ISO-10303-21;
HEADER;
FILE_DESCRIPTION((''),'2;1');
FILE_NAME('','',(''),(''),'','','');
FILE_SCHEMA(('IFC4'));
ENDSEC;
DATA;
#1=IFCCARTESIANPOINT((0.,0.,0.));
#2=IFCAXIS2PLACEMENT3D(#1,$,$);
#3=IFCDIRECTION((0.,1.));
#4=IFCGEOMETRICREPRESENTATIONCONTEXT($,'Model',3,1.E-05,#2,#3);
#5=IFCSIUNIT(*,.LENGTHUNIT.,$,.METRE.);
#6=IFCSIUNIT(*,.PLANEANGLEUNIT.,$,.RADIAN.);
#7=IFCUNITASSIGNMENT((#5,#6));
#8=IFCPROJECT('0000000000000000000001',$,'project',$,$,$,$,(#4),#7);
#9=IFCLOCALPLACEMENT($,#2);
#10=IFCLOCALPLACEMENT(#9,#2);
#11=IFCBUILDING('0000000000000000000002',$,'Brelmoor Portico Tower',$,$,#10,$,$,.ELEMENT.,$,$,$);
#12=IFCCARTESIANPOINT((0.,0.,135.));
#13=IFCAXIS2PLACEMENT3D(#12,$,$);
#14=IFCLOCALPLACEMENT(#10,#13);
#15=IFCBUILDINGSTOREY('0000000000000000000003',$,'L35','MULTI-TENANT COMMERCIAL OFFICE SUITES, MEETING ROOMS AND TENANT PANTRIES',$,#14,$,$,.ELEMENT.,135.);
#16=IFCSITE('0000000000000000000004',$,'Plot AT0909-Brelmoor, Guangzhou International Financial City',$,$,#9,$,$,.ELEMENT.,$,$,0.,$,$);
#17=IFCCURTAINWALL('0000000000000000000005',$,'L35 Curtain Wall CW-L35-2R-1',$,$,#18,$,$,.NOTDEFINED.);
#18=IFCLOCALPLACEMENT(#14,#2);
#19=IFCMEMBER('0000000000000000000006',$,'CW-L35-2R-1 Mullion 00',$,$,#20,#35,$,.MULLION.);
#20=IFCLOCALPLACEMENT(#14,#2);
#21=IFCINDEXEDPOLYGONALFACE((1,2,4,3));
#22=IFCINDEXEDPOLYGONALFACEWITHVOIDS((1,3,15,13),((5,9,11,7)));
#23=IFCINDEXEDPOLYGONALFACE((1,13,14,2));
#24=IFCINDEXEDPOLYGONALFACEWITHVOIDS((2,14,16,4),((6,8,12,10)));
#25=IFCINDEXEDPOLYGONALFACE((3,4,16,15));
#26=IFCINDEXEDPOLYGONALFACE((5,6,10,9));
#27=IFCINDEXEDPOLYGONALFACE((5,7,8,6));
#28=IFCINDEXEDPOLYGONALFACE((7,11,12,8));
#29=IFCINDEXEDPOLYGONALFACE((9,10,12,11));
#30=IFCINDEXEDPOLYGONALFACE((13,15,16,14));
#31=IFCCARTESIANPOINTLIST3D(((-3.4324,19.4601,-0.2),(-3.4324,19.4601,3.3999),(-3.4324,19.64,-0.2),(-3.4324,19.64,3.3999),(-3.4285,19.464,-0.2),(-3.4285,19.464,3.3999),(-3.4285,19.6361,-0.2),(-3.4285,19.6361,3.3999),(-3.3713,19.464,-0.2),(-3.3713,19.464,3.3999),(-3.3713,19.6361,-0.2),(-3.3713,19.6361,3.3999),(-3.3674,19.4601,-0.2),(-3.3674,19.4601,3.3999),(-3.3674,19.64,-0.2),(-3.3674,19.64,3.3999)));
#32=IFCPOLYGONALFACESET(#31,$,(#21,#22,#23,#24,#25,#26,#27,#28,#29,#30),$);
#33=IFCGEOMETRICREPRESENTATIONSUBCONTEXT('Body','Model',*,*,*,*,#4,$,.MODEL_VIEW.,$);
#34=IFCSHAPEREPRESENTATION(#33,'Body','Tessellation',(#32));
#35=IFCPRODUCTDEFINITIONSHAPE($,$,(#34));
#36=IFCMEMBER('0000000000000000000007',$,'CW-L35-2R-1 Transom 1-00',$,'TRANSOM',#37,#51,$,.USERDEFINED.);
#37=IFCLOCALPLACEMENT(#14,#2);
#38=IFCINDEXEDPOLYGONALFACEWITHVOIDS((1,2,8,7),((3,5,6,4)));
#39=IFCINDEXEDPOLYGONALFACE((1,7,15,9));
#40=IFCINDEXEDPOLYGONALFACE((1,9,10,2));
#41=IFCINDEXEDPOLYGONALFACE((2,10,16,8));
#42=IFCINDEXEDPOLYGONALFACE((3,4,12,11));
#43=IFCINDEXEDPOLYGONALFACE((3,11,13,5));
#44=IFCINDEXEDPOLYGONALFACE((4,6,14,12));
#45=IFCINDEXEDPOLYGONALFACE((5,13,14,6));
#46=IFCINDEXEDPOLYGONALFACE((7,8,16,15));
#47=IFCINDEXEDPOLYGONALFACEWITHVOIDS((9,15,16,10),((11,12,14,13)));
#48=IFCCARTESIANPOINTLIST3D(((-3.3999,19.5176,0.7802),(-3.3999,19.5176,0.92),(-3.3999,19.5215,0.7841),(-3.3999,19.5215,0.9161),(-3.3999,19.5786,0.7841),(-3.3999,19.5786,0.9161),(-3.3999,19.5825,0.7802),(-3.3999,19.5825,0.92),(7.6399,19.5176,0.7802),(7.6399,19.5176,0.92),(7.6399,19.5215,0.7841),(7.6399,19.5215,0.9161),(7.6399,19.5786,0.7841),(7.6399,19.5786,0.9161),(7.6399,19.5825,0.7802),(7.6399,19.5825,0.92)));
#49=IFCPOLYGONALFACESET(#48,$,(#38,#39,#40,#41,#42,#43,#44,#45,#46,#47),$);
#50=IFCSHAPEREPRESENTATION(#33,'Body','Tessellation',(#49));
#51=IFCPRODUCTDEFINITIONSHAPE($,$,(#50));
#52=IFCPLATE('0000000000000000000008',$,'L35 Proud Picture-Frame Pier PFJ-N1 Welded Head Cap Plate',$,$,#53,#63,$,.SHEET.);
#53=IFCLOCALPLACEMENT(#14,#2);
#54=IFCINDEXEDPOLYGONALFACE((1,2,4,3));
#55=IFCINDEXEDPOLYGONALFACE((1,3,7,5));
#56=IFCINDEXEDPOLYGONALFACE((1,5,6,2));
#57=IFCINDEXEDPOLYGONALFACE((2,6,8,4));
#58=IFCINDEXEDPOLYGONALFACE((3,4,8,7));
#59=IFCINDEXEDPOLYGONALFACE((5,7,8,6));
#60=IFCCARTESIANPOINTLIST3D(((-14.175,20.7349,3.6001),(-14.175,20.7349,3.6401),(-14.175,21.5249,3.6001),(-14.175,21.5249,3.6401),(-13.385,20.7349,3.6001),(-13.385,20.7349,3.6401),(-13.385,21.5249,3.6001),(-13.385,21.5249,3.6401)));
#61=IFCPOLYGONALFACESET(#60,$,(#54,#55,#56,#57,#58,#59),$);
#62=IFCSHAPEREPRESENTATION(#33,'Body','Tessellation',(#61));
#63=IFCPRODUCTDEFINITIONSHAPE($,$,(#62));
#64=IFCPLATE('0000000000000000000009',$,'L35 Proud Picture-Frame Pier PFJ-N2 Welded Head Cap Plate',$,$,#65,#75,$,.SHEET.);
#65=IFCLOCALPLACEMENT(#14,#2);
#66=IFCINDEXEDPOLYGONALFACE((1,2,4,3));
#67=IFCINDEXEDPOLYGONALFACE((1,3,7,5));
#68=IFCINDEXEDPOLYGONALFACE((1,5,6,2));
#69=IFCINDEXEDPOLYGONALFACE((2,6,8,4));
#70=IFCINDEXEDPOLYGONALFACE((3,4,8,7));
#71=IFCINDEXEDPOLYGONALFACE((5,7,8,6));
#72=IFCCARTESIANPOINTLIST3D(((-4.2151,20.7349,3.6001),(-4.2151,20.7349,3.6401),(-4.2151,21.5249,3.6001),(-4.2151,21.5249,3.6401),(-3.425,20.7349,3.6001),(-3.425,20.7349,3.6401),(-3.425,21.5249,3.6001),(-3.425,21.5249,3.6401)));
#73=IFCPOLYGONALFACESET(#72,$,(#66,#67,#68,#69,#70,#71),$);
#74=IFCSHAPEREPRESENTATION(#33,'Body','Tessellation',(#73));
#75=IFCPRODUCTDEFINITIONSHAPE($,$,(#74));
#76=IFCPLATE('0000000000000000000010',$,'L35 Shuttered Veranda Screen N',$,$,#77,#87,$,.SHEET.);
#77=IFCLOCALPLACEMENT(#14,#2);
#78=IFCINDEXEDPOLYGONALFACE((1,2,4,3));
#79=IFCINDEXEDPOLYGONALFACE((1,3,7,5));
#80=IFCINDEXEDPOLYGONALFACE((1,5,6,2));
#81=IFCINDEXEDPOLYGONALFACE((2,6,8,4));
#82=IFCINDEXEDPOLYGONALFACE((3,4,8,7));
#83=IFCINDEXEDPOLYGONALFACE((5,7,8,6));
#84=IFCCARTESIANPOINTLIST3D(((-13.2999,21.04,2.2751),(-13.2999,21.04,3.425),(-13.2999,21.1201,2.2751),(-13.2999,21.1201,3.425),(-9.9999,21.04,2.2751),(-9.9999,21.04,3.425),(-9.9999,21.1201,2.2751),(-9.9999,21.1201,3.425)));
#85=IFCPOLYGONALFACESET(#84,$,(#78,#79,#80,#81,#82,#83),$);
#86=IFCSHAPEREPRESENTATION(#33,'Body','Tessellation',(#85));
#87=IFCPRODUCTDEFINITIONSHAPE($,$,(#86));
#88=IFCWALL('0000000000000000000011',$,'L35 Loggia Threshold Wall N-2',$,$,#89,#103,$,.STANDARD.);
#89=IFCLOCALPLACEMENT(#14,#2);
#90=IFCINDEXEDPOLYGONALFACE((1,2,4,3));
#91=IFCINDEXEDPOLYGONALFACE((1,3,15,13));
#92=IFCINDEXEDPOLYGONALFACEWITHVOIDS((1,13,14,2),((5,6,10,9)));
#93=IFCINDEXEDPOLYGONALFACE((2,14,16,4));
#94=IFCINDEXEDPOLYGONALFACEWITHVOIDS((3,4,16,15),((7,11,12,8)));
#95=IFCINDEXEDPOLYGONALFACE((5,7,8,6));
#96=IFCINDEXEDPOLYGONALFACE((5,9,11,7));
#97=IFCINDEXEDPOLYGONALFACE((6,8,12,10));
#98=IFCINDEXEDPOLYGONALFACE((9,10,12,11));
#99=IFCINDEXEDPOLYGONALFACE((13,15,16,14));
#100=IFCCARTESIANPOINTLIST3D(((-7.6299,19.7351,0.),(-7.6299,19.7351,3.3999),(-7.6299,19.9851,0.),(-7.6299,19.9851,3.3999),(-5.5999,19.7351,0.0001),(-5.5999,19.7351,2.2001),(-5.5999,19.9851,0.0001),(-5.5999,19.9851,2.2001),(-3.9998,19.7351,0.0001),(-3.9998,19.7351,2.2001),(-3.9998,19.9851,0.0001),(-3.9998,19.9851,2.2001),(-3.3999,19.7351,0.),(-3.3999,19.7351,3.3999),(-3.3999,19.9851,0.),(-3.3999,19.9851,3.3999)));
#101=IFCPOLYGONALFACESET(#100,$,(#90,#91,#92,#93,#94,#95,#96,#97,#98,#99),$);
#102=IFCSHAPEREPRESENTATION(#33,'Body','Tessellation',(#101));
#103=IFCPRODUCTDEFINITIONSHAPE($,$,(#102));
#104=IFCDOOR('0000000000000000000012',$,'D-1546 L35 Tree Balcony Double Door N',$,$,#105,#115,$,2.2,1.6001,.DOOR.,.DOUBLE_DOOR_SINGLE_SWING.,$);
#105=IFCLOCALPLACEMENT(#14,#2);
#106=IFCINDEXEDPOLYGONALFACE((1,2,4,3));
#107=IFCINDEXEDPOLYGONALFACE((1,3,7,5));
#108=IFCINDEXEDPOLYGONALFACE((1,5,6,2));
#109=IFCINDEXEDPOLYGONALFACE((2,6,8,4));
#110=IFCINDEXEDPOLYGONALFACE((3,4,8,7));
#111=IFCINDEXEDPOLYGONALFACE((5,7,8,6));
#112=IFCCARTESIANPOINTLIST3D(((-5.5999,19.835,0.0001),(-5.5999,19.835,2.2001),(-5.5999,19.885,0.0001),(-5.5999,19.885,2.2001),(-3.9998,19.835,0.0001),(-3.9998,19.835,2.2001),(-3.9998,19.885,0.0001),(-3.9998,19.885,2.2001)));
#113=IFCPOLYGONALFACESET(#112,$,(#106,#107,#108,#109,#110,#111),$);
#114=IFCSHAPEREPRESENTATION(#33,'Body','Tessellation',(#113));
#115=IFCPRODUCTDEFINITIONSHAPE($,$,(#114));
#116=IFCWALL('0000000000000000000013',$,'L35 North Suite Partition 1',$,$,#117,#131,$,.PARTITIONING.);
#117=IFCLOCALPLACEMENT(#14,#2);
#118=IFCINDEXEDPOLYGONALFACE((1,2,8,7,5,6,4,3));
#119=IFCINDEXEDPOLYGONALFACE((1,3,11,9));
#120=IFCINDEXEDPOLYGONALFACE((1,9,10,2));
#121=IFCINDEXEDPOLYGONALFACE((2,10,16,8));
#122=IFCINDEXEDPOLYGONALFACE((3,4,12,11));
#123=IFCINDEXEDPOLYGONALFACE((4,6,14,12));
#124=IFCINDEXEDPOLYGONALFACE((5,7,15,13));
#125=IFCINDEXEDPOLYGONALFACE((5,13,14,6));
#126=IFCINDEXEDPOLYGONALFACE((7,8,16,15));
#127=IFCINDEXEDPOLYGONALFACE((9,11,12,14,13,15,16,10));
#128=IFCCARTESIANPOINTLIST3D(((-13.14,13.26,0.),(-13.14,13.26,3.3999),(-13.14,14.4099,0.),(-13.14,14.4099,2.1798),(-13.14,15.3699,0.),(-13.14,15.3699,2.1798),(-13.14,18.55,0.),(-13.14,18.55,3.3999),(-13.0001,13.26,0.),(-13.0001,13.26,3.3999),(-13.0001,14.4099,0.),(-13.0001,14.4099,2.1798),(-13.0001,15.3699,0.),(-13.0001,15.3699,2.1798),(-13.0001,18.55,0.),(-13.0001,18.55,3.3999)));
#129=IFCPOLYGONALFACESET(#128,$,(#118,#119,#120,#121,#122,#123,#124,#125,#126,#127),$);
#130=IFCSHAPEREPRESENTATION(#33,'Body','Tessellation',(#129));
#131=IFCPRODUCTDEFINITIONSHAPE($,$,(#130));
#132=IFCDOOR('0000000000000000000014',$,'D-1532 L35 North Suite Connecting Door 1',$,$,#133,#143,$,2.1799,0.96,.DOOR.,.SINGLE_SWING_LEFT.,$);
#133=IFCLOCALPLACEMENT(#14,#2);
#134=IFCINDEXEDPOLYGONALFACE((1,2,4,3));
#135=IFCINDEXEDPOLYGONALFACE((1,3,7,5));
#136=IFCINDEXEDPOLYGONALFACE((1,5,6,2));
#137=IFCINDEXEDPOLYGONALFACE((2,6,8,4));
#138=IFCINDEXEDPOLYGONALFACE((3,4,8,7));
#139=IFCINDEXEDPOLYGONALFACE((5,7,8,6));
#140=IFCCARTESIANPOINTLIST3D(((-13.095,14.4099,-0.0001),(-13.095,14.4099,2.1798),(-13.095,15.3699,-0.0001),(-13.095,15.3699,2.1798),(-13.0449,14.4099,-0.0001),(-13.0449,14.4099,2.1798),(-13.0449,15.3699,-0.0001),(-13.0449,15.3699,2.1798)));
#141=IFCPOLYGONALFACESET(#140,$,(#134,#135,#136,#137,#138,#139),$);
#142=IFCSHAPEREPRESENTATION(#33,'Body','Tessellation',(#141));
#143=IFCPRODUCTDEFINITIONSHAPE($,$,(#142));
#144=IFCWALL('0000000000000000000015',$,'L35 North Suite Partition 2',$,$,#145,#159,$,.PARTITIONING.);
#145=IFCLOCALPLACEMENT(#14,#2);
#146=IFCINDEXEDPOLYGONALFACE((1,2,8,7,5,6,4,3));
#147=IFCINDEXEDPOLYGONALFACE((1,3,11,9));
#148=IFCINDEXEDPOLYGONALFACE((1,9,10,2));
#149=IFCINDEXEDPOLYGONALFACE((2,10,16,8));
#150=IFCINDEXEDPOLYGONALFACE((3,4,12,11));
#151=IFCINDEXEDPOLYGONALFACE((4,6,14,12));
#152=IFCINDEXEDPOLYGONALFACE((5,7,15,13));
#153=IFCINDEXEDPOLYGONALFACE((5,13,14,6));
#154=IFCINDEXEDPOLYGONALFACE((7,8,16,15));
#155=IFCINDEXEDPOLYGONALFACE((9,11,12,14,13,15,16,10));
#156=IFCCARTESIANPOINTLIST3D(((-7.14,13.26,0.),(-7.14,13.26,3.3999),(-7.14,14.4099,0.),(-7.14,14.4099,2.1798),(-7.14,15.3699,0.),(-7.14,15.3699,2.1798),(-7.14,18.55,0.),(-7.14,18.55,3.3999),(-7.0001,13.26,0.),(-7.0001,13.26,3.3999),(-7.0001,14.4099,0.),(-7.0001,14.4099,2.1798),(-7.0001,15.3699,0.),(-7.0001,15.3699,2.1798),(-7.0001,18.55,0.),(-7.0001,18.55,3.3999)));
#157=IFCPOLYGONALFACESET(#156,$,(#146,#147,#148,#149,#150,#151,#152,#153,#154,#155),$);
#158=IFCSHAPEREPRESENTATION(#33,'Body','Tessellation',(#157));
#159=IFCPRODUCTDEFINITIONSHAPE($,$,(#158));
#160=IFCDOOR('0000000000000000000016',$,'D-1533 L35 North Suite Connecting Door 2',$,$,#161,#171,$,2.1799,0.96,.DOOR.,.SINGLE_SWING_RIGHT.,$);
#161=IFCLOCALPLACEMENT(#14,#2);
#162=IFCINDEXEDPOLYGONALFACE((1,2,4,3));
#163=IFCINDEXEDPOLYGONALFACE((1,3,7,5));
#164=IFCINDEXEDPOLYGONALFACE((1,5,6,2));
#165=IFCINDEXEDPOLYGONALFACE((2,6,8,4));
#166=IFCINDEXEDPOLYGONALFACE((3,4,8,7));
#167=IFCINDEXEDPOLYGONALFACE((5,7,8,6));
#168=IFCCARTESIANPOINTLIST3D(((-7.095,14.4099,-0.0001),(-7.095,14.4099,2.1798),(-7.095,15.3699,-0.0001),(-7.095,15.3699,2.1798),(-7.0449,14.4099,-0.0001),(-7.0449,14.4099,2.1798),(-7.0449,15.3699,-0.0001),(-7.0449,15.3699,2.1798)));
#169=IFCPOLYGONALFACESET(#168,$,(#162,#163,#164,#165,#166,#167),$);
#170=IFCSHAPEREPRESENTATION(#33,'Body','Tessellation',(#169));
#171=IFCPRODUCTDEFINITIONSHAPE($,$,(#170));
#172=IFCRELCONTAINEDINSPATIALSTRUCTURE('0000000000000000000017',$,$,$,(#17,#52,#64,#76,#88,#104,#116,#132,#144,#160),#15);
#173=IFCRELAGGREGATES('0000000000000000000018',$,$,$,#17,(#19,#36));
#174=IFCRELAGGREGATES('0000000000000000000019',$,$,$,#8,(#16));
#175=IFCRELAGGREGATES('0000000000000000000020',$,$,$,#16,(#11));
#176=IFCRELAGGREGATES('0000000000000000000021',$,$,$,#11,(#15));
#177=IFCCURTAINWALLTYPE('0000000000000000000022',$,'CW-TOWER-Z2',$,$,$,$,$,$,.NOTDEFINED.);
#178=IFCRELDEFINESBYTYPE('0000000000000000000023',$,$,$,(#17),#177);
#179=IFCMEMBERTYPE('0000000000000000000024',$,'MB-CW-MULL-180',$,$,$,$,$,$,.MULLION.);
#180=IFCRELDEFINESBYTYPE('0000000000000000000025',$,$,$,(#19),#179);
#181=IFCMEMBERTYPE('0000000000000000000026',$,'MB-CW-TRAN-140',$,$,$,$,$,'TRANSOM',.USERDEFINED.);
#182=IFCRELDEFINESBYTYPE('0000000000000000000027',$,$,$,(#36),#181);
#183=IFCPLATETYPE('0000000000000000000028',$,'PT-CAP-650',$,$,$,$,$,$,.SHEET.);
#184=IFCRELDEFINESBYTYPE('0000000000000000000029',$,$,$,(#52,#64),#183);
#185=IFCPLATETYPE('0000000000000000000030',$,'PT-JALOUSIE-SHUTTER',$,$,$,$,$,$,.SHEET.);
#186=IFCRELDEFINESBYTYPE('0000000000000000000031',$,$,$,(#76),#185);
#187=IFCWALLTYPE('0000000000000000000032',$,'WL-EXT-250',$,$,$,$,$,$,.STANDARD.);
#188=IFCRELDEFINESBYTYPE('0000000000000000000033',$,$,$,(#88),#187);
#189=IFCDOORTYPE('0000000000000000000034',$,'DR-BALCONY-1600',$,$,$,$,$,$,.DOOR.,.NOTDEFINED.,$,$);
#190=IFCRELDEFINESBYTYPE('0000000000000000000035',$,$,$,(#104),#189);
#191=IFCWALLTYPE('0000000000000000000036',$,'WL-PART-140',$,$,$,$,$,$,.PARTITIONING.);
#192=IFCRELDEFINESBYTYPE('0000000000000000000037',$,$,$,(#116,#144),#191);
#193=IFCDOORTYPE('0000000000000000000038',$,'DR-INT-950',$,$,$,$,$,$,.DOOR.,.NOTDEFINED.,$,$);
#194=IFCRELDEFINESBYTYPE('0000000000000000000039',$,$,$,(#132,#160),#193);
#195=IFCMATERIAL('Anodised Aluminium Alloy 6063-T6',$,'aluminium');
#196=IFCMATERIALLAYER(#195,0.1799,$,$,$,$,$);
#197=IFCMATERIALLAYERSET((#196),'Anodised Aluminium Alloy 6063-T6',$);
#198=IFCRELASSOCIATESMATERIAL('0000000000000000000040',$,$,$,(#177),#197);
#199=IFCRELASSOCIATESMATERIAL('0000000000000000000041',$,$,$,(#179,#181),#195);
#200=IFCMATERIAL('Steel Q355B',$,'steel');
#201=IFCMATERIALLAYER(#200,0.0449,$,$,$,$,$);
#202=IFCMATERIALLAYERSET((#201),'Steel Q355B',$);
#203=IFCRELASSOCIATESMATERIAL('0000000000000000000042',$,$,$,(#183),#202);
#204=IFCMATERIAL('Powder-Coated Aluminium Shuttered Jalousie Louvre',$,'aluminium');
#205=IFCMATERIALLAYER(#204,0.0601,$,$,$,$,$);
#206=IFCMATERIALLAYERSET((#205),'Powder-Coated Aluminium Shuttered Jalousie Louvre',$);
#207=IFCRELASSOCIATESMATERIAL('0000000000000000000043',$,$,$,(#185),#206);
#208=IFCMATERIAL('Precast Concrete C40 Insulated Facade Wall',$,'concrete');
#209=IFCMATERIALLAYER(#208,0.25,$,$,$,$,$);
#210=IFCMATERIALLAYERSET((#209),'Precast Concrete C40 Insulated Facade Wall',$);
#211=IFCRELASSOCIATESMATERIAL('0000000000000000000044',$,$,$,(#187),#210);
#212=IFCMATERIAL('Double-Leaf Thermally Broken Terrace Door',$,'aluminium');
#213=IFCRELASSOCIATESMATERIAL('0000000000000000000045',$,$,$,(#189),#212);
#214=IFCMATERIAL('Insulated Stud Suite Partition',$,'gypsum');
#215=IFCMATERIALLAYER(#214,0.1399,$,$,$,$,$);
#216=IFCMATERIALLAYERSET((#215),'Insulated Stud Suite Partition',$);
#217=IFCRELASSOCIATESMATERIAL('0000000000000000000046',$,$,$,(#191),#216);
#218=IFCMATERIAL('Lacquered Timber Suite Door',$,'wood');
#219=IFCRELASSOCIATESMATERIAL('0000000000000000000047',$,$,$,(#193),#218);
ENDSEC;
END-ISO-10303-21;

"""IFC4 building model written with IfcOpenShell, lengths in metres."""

from ifc_helpers import new_model, si_unit, direction, frame, frame_2d, origin, origin_2d, place, context, subcontext, project, spatial, rectangle, hollow_rectangle, extrude, material, layer, layer_set, material_profile, profile_set, type_object, element, fill, aggregate, save


model = new_model("IFC4")

# Units and contexts
model_context = context("Model", 3, precision=1e-05, world=origin(), true_north=direction((0.0, 1.0)))
body_context = subcontext(model_context, "Body", "Model", "MODEL_VIEW")
ifc_project = project(units=[si_unit("LENGTHUNIT", "METRE"), si_unit("PLANEANGLEUNIT", "RADIAN")], contexts=[model_context])

# Site, building, storey
site_placement = place(None, origin())
site = spatial("IfcSite", under=ifc_project, at=site_placement, Name="Plot AT0909-Brelmoor, Guangzhou International Financial City", CompositionType="ELEMENT", RefElevation=0.0)
building_placement = place(site_placement, origin())
building = spatial("IfcBuilding", under=site, at=building_placement, Name="Brelmoor Portico Tower", CompositionType="ELEMENT")
storey_placement = place(building_placement, frame((0.0, 0.0, 135.0)))
storey = spatial("IfcBuildingStorey", under=building, at=storey_placement, Name="L35", Description="MULTI-TENANT COMMERCIAL OFFICE SUITES, MEETING ROOMS AND TENANT PANTRIES", CompositionType="ELEMENT", Elevation=135.0)

# Shared definitions
ifc_material_1 = material(Name="Steel Q355B", Category="steel")

# Curtain wall, members
ifc_material_2 = material(Name="Anodised Aluminium Alloy 6063-T6", Category="aluminium")
ifc_layer_1 = layer(ifc_material_2, 0.1799)
ifc_layer_set_1 = layer_set([ifc_layer_1], Name="Anodised Aluminium Alloy 6063-T6")
curtain_wall_type = type_object("IfcCurtainWallType", Name="CW-TOWER-Z2", PredefinedType="NOTDEFINED", material=ifc_layer_set_1)
curtain_wall_placement = place(storey_placement, origin())
curtain_wall = element("IfcCurtainWall", 1, at=curtain_wall_placement, inside=storey, type_object=curtain_wall_type, Name="L35 Curtain Wall CW-L35-2R-1", PredefinedType="NOTDEFINED")
ifc_material_profile_1 = material_profile(ifc_material_2, hollow_rectangle(XDim=0.0649, YDim=0.1799, WallThickness=0.0039, at=origin_2d()), Name="ALU MULLION 65x180")
ifc_profile_set_1 = profile_set([ifc_material_profile_1], Name="Anodised Aluminium Alloy 6063-T6")
member_type_1 = type_object("IfcMemberType", Name="MB-CW-MULL-180", PredefinedType="MULLION", material=ifc_profile_set_1)
member_1_placement = place(storey_placement, frame((-3.3999, 19.55, -0.2), z_axis=(0.0, 0.0, 1.0), x_axis=(1.0, 0.0, 0.0)))
member_1 = element("IfcMember", 2, at=member_1_placement, type_object=member_type_1, Name="CW-L35-2R-1 Mullion 00", PredefinedType="MULLION", context=body_context, shape_type="SweptSolid", body=[
    extrude(hollow_rectangle(XDim=0.0649, YDim=0.1799, WallThickness=0.0039, at=origin_2d()), origin(), (0.0, 0.0, 1.0), 3.5999),
])
ifc_material_profile_2 = material_profile(ifc_material_2, hollow_rectangle(XDim=0.0649, YDim=0.1399, WallThickness=0.0039, at=origin_2d()), Name="ALU TRANSOM 65x140")
ifc_profile_set_2 = profile_set([ifc_material_profile_2], Name="Anodised Aluminium Alloy 6063-T6")
member_type_2 = type_object("IfcMemberType", Name="MB-CW-TRAN-140", ElementType="TRANSOM", PredefinedType="USERDEFINED", material=ifc_profile_set_2)
member_2_placement = place(storey_placement, frame((-3.3999, 19.55, 0.8501), z_axis=(1.0, 0.0, 0.0), x_axis=(0.0, 1.0, 0.0)))
member_2 = element("IfcMember", 3, at=member_2_placement, type_object=member_type_2, Name="CW-L35-2R-1 Transom 1-00", ObjectType="TRANSOM", PredefinedType="USERDEFINED", context=body_context, shape_type="SweptSolid", body=[
    extrude(hollow_rectangle(XDim=0.0649, YDim=0.1399, WallThickness=0.0039, at=origin_2d()), origin(), (0.0, 0.0, 1.0), 11.0398),
])
aggregate(curtain_wall, [member_1, member_2])

# Plates
ifc_layer_2 = layer(ifc_material_1, 0.0449)
ifc_layer_set_2 = layer_set([ifc_layer_2], Name="Steel Q355B")
plate_type_1 = type_object("IfcPlateType", Name="PT-CAP-650", PredefinedType="SHEET", material=ifc_layer_set_2)
for number, where, z_axis, x_axis, name in (
    (4, (-13.78, 21.1299, 3.6001), (0.0, 0.0, 1.0), (1.0, 0.0, 0.0), "L35 Proud Picture-Frame Pier PFJ-N1 Welded Head Cap Plate"),
    (5, (-3.8201, 21.1299, 3.6001), (0.0, 0.0, 1.0), (1.0, 0.0, 0.0), "L35 Proud Picture-Frame Pier PFJ-N2 Welded Head Cap Plate"),
):
    element("IfcPlate", number, at=place(storey_placement, frame(where, z_axis=z_axis, x_axis=x_axis)), inside=storey, type_object=plate_type_1, Name=name, PredefinedType="SHEET", context=body_context, shape_type="SweptSolid", body=[
        extrude(rectangle(XDim=0.79, YDim=0.79, at=origin_2d()), origin(), (0.0, 0.0, 1.0), 0.04),
    ])
ifc_material_3 = material(Name="Powder-Coated Aluminium Shuttered Jalousie Louvre", Category="aluminium")
ifc_layer_3 = layer(ifc_material_3, 0.0601)
ifc_layer_set_3 = layer_set([ifc_layer_3], Name="Powder-Coated Aluminium Shuttered Jalousie Louvre")
plate_type_2 = type_object("IfcPlateType", Name="PT-JALOUSIE-SHUTTER", PredefinedType="SHEET", material=ifc_layer_set_3)
plate_placement = place(storey_placement, frame((-11.6499, 21.0801, 2.2751), z_axis=(0.0, 0.0, 1.0), x_axis=(1.0, 0.0, 0.0)))
element("IfcPlate", 6, at=plate_placement, inside=storey, type_object=plate_type_2, Name="L35 Shuttered Veranda Screen N", PredefinedType="SHEET", context=body_context, shape_type="SweptSolid", body=[
    extrude(rectangle(XDim=3.3, YDim=0.0801, at=origin_2d()), origin(), (0.0, 0.0, 1.0), 1.1499),
])

# Walls, openings, doors
ifc_material_4 = material(Name="Precast Concrete C40 Insulated Facade Wall", Category="concrete")
ifc_layer_4 = layer(ifc_material_4, 0.25)
ifc_layer_set_4 = layer_set([ifc_layer_4], Name="Precast Concrete C40 Insulated Facade Wall")
wall_type_1 = type_object("IfcWallType", Name="WL-EXT-250", PredefinedType="STANDARD", material=ifc_layer_set_4)
wall_1_placement = place(storey_placement, frame((-7.6299, 19.8601, 0.0), z_axis=(0.0, 0.0, 1.0), x_axis=(1.0, 0.0, 0.0)))
wall_1 = element("IfcWall", 7, at=wall_1_placement, inside=storey, type_object=wall_type_1, Name="L35 Loggia Threshold Wall N-2", PredefinedType="STANDARD", context=body_context, shape_type="SweptSolid", body=[
    extrude(rectangle(XDim=4.23, YDim=0.25, at=frame_2d((2.115, 0.0))), origin(), (0.0, 0.0, 1.0), 3.3999),
])
opening_1_placement = place(wall_1_placement, frame((2.03, 0.0, 0.0)))
opening_1 = element("IfcOpeningElement", 8, at=opening_1_placement, cuts=wall_1, PredefinedType="OPENING", context=body_context, shape_type="SweptSolid", body=[
    extrude(rectangle(XDim=1.6001, YDim=2.2, at=frame_2d((0.8, 1.1001))), frame((0.0, 0.135, 0.0), z_axis=(0.0, -1.0, 0.0), x_axis=(1.0, 0.0, 0.0)), (0.0, 0.0, 1.0), 0.27),
])
ifc_material_5 = material(Name="Double-Leaf Thermally Broken Terrace Door", Category="aluminium")
door_type_1 = type_object("IfcDoorType", Name="DR-BALCONY-1600", OperationType="NOTDEFINED", PredefinedType="DOOR", material=ifc_material_5)
door_1_placement = place(opening_1_placement, origin())
door_1 = element("IfcDoor", 9, at=door_1_placement, inside=storey, type_object=door_type_1, Name="D-1546 L35 Tree Balcony Double Door N", OperationType="DOUBLE_DOOR_SINGLE_SWING", OverallHeight=2.2, OverallWidth=1.6001, PredefinedType="DOOR", context=body_context, shape_type="SweptSolid", body=[
    extrude(rectangle(XDim=1.6001, YDim=2.2, at=frame_2d((0.8, 1.1001))), frame((0.0, 0.0249, 0.0), z_axis=(0.0, -1.0, 0.0), x_axis=(1.0, 0.0, 0.0)), (0.0, 0.0, 1.0), 0.05),
])
fill(opening_1, door_1)
ifc_material_6 = material(Name="Insulated Stud Suite Partition", Category="gypsum")
ifc_layer_5 = layer(ifc_material_6, 0.1399)
ifc_layer_set_5 = layer_set([ifc_layer_5], Name="Insulated Stud Suite Partition")
wall_type_2 = type_object("IfcWallType", Name="WL-PART-140", PredefinedType="PARTITIONING", material=ifc_layer_set_5)
wall_2_placement = place(storey_placement, frame((-13.0701, 13.26, 0.0), z_axis=(0.0, 0.0, 1.0), x_axis=(0.0, 1.0, 0.0)))
wall_2 = element("IfcWall", 10, at=wall_2_placement, inside=storey, type_object=wall_type_2, Name="L35 North Suite Partition 1", PredefinedType="PARTITIONING", context=body_context, shape_type="SweptSolid", body=[
    extrude(rectangle(XDim=5.29, YDim=0.1399, at=frame_2d((2.645, 0.0))), origin(), (0.0, 0.0, 1.0), 3.3999),
])
opening_2_placement = place(wall_2_placement, frame((1.1499, 0.0, 0.0)))
opening_2 = element("IfcOpeningElement", 11, at=opening_2_placement, cuts=wall_2, PredefinedType="OPENING", context=body_context, shape_type="SweptSolid", body=[
    extrude(rectangle(XDim=0.96, YDim=2.1799, at=frame_2d((0.48, 1.0898))), frame((0.0, 0.0798, 0.0), z_axis=(0.0, -1.0, 0.0), x_axis=(1.0, 0.0, 0.0)), (0.0, 0.0, 1.0), 0.1599),
])
ifc_material_7 = material(Name="Lacquered Timber Suite Door", Category="wood")
door_type_2 = type_object("IfcDoorType", Name="DR-INT-950", OperationType="NOTDEFINED", PredefinedType="DOOR", material=ifc_material_7)
door_2_placement = place(opening_2_placement, origin())
door_2 = element("IfcDoor", 12, at=door_2_placement, inside=storey, type_object=door_type_2, Name="D-1532 L35 North Suite Connecting Door 1", OperationType="SINGLE_SWING_LEFT", OverallHeight=2.1799, OverallWidth=0.96, PredefinedType="DOOR", context=body_context, shape_type="SweptSolid", body=[
    extrude(rectangle(XDim=0.96, YDim=2.1799, at=frame_2d((0.48, 1.0898))), frame((0.0, 0.0249, 0.0), z_axis=(0.0, -1.0, 0.0), x_axis=(1.0, 0.0, 0.0)), (0.0, 0.0, 1.0), 0.05),
])
fill(opening_2, door_2)
wall_3_placement = place(storey_placement, frame((-7.0701, 13.26, 0.0), z_axis=(0.0, 0.0, 1.0), x_axis=(0.0, 1.0, 0.0)))
wall_3 = element("IfcWall", 13, at=wall_3_placement, inside=storey, type_object=wall_type_2, Name="L35 North Suite Partition 2", PredefinedType="PARTITIONING", context=body_context, shape_type="SweptSolid", body=[
    extrude(rectangle(XDim=5.29, YDim=0.1399, at=frame_2d((2.645, 0.0))), origin(), (0.0, 0.0, 1.0), 3.3999),
])
opening_3_placement = place(wall_3_placement, frame((1.1499, 0.0, 0.0)))
opening_3 = element("IfcOpeningElement", 14, at=opening_3_placement, cuts=wall_3, PredefinedType="OPENING", context=body_context, shape_type="SweptSolid", body=[
    extrude(rectangle(XDim=0.96, YDim=2.1799, at=frame_2d((0.48, 1.0898))), frame((0.0, 0.0798, 0.0), z_axis=(0.0, -1.0, 0.0), x_axis=(1.0, 0.0, 0.0)), (0.0, 0.0, 1.0), 0.1599),
])
door_3_placement = place(opening_3_placement, origin())
door_3 = element("IfcDoor", 15, at=door_3_placement, inside=storey, type_object=door_type_2, Name="D-1533 L35 North Suite Connecting Door 2", OperationType="SINGLE_SWING_RIGHT", OverallHeight=2.1799, OverallWidth=0.96, PredefinedType="DOOR", context=body_context, shape_type="SweptSolid", body=[
    extrude(rectangle(XDim=0.96, YDim=2.1799, at=frame_2d((0.48, 1.0898))), frame((0.0, 0.0249, 0.0), z_axis=(0.0, -1.0, 0.0), x_axis=(1.0, 0.0, 0.0)), (0.0, 0.0, 1.0), 0.05),
])
fill(opening_3, door_3)

save(model, "model.ifc")
